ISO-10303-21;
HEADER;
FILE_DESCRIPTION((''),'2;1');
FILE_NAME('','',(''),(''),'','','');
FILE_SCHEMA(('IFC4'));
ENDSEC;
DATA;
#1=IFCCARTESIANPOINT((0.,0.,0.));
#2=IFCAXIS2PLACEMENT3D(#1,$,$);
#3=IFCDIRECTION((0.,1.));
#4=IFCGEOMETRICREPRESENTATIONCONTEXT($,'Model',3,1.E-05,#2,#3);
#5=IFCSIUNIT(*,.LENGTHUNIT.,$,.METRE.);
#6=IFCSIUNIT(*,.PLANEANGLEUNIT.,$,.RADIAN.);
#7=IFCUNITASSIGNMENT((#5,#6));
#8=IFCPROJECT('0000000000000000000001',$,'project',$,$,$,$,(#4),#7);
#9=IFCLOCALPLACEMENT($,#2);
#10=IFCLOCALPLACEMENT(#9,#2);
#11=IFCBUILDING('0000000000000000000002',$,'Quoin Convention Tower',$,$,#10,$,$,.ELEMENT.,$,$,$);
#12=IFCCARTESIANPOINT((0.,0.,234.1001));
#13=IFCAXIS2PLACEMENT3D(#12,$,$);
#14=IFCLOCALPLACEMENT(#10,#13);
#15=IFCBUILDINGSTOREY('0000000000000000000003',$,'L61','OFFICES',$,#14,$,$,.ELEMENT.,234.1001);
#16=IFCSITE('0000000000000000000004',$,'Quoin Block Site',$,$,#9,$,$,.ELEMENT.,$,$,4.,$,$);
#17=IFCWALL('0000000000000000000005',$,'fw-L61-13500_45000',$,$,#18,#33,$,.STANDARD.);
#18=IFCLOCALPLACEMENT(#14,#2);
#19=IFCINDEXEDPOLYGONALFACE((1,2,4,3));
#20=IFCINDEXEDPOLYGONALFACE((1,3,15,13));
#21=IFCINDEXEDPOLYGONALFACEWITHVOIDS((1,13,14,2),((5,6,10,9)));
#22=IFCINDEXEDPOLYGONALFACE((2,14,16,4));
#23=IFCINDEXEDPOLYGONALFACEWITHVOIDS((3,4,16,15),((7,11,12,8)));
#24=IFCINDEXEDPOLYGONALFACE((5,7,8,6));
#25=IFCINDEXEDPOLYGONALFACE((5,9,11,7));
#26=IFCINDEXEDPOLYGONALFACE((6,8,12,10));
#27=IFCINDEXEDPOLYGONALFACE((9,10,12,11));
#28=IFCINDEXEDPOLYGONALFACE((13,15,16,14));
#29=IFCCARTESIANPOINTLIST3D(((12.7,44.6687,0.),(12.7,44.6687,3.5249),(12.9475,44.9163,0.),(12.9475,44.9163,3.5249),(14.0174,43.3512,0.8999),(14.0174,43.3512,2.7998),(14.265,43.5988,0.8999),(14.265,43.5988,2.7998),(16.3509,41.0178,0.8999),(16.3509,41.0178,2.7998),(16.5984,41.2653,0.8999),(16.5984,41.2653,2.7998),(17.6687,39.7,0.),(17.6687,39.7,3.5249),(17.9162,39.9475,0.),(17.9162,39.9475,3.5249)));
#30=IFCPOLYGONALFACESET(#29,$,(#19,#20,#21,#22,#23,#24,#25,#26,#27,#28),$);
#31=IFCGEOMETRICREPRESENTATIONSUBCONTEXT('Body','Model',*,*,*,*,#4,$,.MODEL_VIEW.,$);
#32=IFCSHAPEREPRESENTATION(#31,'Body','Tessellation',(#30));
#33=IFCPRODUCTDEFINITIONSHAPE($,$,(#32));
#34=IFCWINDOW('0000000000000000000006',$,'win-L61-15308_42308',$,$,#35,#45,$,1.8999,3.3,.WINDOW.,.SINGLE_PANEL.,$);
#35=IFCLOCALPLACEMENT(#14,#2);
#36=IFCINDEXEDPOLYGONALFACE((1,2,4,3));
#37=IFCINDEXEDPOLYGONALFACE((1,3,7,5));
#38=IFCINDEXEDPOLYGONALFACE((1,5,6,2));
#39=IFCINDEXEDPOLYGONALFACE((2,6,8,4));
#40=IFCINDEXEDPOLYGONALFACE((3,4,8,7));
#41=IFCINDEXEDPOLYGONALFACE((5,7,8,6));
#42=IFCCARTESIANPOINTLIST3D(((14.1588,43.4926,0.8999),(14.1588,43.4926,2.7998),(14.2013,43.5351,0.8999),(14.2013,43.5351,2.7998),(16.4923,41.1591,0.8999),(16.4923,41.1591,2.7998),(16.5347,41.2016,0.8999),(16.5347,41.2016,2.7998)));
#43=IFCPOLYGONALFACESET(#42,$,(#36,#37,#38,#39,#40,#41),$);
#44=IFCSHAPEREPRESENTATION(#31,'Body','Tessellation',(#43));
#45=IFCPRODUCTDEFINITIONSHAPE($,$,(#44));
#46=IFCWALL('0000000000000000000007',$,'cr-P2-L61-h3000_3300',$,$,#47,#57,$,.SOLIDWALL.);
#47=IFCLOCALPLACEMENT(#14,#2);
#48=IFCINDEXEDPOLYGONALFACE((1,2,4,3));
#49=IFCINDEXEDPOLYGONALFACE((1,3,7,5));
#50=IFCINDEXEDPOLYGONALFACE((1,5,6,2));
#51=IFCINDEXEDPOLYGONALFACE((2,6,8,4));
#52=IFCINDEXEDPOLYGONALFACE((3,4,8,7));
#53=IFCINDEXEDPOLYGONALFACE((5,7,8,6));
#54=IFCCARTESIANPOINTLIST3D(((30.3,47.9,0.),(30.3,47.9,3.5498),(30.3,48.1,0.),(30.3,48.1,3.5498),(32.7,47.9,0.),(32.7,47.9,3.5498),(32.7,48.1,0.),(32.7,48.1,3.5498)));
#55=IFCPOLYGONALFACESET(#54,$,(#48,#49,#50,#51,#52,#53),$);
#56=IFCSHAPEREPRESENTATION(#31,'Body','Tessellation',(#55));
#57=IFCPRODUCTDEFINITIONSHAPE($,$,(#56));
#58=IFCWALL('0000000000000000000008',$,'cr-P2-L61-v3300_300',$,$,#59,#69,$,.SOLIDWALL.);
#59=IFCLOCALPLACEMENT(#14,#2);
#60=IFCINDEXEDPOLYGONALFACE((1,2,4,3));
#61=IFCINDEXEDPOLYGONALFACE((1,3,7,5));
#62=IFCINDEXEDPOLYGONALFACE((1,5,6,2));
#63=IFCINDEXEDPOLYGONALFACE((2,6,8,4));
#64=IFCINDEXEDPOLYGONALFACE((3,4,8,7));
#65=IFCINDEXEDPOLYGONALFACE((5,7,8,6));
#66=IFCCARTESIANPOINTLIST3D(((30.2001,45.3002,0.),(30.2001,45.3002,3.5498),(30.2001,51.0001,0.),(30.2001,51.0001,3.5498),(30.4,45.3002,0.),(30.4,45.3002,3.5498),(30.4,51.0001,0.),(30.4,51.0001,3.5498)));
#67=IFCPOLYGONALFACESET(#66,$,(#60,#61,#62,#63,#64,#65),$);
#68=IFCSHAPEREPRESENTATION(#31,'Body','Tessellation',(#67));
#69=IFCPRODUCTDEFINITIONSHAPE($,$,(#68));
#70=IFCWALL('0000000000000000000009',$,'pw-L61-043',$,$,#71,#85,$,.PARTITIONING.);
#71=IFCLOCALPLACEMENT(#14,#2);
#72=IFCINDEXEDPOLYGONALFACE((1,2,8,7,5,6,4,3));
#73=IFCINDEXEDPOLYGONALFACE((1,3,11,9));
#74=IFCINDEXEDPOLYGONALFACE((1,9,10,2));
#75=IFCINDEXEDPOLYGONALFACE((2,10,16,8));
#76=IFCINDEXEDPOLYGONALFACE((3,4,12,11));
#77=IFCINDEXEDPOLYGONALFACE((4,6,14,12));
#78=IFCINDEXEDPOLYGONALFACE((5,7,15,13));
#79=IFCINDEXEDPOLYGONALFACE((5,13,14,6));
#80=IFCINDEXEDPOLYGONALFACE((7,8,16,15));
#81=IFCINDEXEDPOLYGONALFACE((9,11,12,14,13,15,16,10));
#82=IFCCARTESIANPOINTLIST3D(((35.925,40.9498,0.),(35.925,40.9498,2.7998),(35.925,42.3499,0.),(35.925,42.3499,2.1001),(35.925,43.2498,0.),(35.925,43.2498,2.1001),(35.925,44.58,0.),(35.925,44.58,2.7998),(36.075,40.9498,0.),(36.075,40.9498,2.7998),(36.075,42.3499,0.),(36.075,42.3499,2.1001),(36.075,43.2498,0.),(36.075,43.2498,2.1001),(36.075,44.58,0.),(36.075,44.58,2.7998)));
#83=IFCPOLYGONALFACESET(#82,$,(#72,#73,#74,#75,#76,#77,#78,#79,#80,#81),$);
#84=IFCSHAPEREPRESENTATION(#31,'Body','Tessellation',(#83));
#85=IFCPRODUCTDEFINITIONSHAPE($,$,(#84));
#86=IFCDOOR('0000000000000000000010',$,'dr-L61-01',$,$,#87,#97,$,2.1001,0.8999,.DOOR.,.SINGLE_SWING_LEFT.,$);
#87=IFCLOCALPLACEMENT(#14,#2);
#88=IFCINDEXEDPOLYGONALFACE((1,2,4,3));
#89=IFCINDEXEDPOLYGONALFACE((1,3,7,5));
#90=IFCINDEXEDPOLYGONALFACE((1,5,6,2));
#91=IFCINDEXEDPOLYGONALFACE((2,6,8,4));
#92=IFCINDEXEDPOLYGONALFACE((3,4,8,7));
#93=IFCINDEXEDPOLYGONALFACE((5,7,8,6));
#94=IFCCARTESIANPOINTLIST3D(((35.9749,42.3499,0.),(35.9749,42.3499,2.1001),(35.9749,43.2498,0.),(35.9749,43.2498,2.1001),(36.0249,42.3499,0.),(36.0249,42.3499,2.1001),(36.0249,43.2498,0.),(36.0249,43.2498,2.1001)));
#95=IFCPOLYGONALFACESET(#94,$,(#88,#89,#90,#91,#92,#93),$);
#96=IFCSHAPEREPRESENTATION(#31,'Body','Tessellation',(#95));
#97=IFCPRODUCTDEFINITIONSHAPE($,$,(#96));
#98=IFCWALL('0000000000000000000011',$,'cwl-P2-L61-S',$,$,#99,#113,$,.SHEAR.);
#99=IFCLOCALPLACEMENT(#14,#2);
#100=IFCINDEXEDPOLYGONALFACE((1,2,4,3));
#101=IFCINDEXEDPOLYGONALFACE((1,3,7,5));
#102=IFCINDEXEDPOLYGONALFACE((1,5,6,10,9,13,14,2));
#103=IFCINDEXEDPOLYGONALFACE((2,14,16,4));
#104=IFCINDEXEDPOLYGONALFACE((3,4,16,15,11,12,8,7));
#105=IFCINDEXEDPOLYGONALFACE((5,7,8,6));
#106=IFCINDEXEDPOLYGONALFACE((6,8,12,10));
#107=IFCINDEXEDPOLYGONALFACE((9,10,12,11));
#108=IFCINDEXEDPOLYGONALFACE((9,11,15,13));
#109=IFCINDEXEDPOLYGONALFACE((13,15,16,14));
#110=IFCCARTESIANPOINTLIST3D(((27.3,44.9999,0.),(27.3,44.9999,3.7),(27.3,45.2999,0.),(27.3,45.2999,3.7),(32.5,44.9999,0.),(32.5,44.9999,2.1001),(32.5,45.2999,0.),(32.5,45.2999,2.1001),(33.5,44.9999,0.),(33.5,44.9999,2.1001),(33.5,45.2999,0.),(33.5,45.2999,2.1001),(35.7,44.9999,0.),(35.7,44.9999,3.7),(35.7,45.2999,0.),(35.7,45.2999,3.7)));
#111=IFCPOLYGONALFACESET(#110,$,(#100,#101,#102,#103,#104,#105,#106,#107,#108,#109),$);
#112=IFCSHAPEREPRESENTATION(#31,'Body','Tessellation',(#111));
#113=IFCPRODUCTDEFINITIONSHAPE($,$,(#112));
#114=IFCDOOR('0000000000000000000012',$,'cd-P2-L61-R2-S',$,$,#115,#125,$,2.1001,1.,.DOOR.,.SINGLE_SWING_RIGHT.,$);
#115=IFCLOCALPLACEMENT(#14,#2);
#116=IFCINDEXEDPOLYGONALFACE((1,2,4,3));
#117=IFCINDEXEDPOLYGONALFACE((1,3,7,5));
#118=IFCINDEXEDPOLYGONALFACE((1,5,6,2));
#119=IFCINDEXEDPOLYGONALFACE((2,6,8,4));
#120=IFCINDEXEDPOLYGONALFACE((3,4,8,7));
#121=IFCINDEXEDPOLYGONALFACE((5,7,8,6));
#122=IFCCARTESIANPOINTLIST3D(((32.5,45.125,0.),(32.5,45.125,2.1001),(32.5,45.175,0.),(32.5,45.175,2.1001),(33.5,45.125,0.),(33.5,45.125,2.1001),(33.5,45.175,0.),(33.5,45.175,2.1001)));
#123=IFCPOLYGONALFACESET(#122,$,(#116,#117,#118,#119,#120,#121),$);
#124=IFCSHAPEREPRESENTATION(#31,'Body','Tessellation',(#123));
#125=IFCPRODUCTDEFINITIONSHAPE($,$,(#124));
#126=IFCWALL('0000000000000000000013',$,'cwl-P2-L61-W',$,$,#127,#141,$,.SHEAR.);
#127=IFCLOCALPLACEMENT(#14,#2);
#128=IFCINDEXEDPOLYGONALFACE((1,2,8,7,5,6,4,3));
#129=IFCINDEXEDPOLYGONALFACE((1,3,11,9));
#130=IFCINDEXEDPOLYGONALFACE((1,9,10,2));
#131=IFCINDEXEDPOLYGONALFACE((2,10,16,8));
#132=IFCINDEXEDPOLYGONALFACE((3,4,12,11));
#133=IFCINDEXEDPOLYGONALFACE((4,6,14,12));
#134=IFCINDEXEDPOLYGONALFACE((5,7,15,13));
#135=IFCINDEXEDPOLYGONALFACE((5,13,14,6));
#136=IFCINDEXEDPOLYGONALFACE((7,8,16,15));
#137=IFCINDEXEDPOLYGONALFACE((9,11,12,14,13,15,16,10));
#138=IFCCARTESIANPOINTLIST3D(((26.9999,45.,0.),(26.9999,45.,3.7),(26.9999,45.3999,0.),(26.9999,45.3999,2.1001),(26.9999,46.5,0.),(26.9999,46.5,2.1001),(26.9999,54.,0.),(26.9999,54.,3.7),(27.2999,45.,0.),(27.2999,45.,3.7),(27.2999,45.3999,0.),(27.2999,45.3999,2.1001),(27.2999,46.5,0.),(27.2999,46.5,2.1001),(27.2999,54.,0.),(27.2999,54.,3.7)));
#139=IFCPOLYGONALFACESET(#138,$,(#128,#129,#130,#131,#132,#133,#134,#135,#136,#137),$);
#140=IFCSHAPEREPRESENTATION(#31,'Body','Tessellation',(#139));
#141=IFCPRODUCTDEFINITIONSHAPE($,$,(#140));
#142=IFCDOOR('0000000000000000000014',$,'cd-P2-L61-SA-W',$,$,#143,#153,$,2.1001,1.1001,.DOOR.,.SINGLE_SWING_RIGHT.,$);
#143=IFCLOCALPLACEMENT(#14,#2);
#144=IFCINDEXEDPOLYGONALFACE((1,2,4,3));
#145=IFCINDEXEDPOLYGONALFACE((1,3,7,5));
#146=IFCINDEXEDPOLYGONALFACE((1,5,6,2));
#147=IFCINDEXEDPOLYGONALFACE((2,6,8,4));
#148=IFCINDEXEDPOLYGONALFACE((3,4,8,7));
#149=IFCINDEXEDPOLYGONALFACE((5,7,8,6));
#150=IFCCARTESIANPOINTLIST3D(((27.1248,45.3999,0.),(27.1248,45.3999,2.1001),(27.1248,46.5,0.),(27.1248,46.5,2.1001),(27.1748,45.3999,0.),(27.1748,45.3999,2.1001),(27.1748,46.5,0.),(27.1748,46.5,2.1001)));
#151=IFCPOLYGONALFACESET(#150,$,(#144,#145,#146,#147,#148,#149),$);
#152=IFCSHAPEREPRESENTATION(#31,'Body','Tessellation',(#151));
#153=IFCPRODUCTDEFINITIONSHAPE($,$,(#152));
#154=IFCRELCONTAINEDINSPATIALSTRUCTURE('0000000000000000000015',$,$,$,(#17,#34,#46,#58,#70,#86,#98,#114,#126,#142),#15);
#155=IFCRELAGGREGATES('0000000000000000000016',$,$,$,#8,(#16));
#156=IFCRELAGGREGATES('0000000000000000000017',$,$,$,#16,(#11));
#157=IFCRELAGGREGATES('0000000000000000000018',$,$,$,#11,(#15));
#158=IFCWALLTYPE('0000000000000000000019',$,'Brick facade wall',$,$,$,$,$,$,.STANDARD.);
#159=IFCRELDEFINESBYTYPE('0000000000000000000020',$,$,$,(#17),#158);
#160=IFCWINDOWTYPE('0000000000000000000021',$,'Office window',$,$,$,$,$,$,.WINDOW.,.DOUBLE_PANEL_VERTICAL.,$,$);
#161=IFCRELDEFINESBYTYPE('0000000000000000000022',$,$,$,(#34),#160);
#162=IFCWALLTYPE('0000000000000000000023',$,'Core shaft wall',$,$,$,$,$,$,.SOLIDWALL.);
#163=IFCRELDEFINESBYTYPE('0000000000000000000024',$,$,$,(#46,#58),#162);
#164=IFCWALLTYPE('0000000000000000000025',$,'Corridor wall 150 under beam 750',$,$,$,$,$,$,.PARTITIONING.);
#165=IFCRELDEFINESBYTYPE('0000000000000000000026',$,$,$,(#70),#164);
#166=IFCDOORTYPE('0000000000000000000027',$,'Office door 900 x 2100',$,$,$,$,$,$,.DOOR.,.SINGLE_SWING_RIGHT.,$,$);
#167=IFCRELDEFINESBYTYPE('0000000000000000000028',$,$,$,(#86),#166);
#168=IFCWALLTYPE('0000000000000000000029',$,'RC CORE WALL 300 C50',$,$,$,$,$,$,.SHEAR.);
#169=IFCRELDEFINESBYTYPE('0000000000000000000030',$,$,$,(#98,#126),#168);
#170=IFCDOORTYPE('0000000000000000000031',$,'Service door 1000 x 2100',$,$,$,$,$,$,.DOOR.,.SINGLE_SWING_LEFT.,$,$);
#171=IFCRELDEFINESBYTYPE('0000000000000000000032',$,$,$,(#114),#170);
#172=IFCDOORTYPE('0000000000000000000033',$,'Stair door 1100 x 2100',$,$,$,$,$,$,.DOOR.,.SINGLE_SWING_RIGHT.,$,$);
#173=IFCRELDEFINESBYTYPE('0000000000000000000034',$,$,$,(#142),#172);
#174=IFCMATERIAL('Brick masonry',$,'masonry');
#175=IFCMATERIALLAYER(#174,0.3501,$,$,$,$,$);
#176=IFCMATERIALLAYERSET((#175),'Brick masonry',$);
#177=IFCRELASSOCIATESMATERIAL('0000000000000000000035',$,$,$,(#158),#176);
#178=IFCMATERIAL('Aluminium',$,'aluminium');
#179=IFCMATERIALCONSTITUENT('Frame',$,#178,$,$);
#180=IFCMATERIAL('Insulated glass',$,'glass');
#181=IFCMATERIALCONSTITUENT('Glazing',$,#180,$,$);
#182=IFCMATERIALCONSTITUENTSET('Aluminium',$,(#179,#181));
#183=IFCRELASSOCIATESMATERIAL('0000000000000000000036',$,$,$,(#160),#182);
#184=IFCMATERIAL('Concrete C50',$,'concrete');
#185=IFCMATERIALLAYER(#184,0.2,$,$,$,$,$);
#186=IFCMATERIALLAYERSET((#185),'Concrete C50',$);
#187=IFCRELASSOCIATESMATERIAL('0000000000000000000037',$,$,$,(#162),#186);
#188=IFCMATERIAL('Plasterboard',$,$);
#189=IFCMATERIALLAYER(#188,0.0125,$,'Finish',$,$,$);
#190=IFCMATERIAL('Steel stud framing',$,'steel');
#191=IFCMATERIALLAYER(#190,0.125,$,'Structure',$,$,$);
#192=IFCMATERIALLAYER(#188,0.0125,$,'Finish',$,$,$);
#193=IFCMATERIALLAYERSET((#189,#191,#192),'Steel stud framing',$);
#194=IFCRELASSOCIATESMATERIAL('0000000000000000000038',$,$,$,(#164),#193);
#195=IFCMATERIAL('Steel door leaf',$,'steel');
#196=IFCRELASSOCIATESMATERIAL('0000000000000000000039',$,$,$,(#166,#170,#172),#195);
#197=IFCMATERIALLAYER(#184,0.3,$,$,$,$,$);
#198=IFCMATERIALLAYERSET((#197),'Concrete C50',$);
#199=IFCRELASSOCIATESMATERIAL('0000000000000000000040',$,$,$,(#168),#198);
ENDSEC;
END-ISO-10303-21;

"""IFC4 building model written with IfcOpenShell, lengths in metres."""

from ifc_helpers import new_model, si_unit, direction, frame, frame_2d, origin, place, context, subcontext, project, spatial, rectangle, extrude, material, layer, layer_set, constituent, constituent_set, type_object, element, fill, save


model = new_model("IFC4")

# Units and contexts
model_context = context("Model", 3, precision=1e-05, world=origin(), true_north=direction((0.0, 1.0)))
body_context = subcontext(model_context, "Body", "Model", "MODEL_VIEW")
ifc_project = project(units=[si_unit("LENGTHUNIT", "METRE"), si_unit("PLANEANGLEUNIT", "RADIAN")], contexts=[model_context])

# Site, building, storey
site_placement = place(None, origin())
site = spatial("IfcSite", under=ifc_project, at=site_placement, Name="Quoin Block Site", CompositionType="ELEMENT", RefElevation=4.0)
building_placement = place(site_placement, origin())
building = spatial("IfcBuilding", under=site, at=building_placement, Name="Quoin Convention Tower", CompositionType="ELEMENT")
storey_placement = place(building_placement, frame((0.0, 0.0, 234.1001)))
storey = spatial("IfcBuildingStorey", under=building, at=storey_placement, Name="L61", Description="OFFICES", CompositionType="ELEMENT", Elevation=234.1001)

# Shared definitions
ifc_material_1 = material(Name="Concrete C50", Category="concrete")

# Wall, opening, window
ifc_material_2 = material(Name="Brick masonry", Category="masonry")
ifc_layer_1 = layer(ifc_material_2, 0.3501)
ifc_layer_set_1 = layer_set([ifc_layer_1], Name="Brick masonry")
wall_type_1 = type_object("IfcWallType", Name="Brick facade wall", PredefinedType="STANDARD", material=ifc_layer_set_1)
wall_1_placement = place(storey_placement, frame((12.8237, 44.7925, 0.0), z_axis=(0.0, 0.0, 1.0), x_axis=(0.707107, -0.707107, 0.0)))
wall_1 = element("IfcWall", 1, at=wall_1_placement, inside=storey, type_object=wall_type_1, Name="fw-L61-13500_45000", PredefinedType="STANDARD", context=body_context, shape_type="SweptSolid", body=[
    extrude(rectangle(XDim=7.0269, YDim=0.3501, at=frame_2d((3.5134, 0.0))), origin(), (0.0, 0.0, 1.0), 3.5249),
])
opening_1_placement = place(wall_1_placement, frame((1.8633, 0.0, 0.8999)))
opening_1 = element("IfcOpeningElement", 2, at=opening_1_placement, cuts=wall_1, PredefinedType="OPENING", context=body_context, shape_type="SweptSolid", body=[
    extrude(rectangle(XDim=3.3, YDim=1.8999, at=frame_2d((1.6499, 0.95))), frame((0.0, 0.1851, 0.0), z_axis=(0.0, -1.0, 0.0), x_axis=(1.0, 0.0, 0.0)), (0.0, 0.0, 1.0), 0.3701),
])
ifc_material_3 = material(Name="Aluminium", Category="aluminium")
ifc_constituent_1 = constituent(ifc_material_3, Name="Frame")
ifc_material_4 = material(Name="Insulated glass", Category="glass")
ifc_constituent_2 = constituent(ifc_material_4, Name="Glazing")
ifc_constituent_set = constituent_set(constituents=[ifc_constituent_1, ifc_constituent_2], Name="Aluminium")
window_type = type_object("IfcWindowType", Name="Office window", PartitioningType="DOUBLE_PANEL_VERTICAL", PredefinedType="WINDOW", material=ifc_constituent_set)
window_placement = place(opening_1_placement, origin())
window = element("IfcWindow", 3, at=window_placement, inside=storey, type_object=window_type, Name="win-L61-15308_42308", OverallHeight=1.8999, OverallWidth=3.3, PartitioningType="SINGLE_PANEL", PredefinedType="WINDOW", context=body_context, shape_type="SweptSolid", body=[
    extrude(rectangle(XDim=3.3, YDim=1.8999, at=frame_2d((1.6499, 0.95))), frame((0.0, 0.085, 0.0), z_axis=(0.0, -1.0, 0.0), x_axis=(1.0, 0.0, 0.0)), (0.0, 0.0, 1.0), 0.0601),
])
fill(opening_1, window)

# Walls
ifc_layer_2 = layer(ifc_material_1, 0.2)
ifc_layer_set_2 = layer_set([ifc_layer_2], Name="Concrete C50")
wall_type_2 = type_object("IfcWallType", Name="Core shaft wall", PredefinedType="SOLIDWALL", material=ifc_layer_set_2)
wall_2_placement = place(storey_placement, frame((30.3, 48.0, 0.0), z_axis=(0.0, 0.0, 1.0), x_axis=(1.0, 0.0, 0.0)))
element("IfcWall", 4, at=wall_2_placement, inside=storey, type_object=wall_type_2, Name="cr-P2-L61-h3000_3300", PredefinedType="SOLIDWALL", context=body_context, shape_type="SweptSolid", body=[
    extrude(rectangle(XDim=2.3999, YDim=0.2, at=frame_2d((1.2, 0.0))), origin(), (0.0, 0.0, 1.0), 3.5498),
])
wall_3_placement = place(storey_placement, frame((30.3, 45.3, 0.0), z_axis=(0.0, 0.0, 1.0), x_axis=(0.0, 1.0, 0.0)))
element("IfcWall", 5, at=wall_3_placement, inside=storey, type_object=wall_type_2, Name="cr-P2-L61-v3300_300", PredefinedType="SOLIDWALL", context=body_context, shape_type="SweptSolid", body=[
    extrude(rectangle(XDim=5.7, YDim=0.2, at=frame_2d((2.8501, 0.0))), origin(), (0.0, 0.0, 1.0), 3.5498),
])

# Walls, openings, doors
ifc_material_5 = material(Name="Plasterboard")
ifc_layer_3 = layer(ifc_material_5, 0.0125, Name="Finish")
ifc_material_6 = material(Name="Steel stud framing", Category="steel")
ifc_layer_4 = layer(ifc_material_6, 0.125, Name="Structure")
ifc_layer_5 = layer(ifc_material_5, 0.0125, Name="Finish")
ifc_layer_set_3 = layer_set([ifc_layer_3, ifc_layer_4, ifc_layer_5], Name="Steel stud framing")
wall_type_3 = type_object("IfcWallType", Name="Corridor wall 150 under beam 750", PredefinedType="PARTITIONING", material=ifc_layer_set_3)
wall_4_placement = place(storey_placement, frame((36.0, 40.95, 0.0), z_axis=(0.0, 0.0, 1.0), x_axis=(0.0, 1.0, 0.0)))
wall_4 = element("IfcWall", 6, at=wall_4_placement, inside=storey, type_object=wall_type_3, Name="pw-L61-043", PredefinedType="PARTITIONING", context=body_context, shape_type="SweptSolid", body=[
    extrude(rectangle(XDim=3.6301, YDim=0.1499, at=frame_2d((1.8149, 0.0))), origin(), (0.0, 0.0, 1.0), 2.7998),
])
opening_2_placement = place(wall_4_placement, frame((1.3999, 0.0, 0.0)))
opening_2 = element("IfcOpeningElement", 7, at=opening_2_placement, cuts=wall_4, PredefinedType="OPENING", context=body_context, shape_type="SweptSolid", body=[
    extrude(rectangle(XDim=0.8999, YDim=2.1001, at=frame_2d((0.45, 1.05))), frame((0.0, 0.085, 0.0), z_axis=(0.0, -1.0, 0.0), x_axis=(1.0, 0.0, 0.0)), (0.0, 0.0, 1.0), 0.1699),
])
ifc_material_7 = material(Name="Steel door leaf", Category="steel")
door_type_1 = type_object("IfcDoorType", Name="Office door 900 x 2100", OperationType="SINGLE_SWING_RIGHT", PredefinedType="DOOR", material=ifc_material_7)
door_1_placement = place(opening_2_placement, frame((0.8999, 0.0, 0.0), z_axis=(0.0, 0.0, 1.0), x_axis=(-1.0, 0.0, 0.0)))
door_1 = element("IfcDoor", 8, at=door_1_placement, inside=storey, type_object=door_type_1, Name="dr-L61-01", OperationType="SINGLE_SWING_LEFT", OverallHeight=2.1001, OverallWidth=0.8999, PredefinedType="DOOR", context=body_context, shape_type="SweptSolid", body=[
    extrude(rectangle(XDim=0.8999, YDim=2.1001, at=frame_2d((0.45, 1.05))), frame((0.0, 0.0249, 0.0), z_axis=(0.0, -1.0, 0.0), x_axis=(1.0, 0.0, 0.0)), (0.0, 0.0, 1.0), 0.05),
])
fill(opening_2, door_1)
ifc_layer_6 = layer(ifc_material_1, 0.3)
ifc_layer_set_4 = layer_set([ifc_layer_6], Name="Concrete C50")
wall_type_4 = type_object("IfcWallType", Name="RC CORE WALL 300 C50", PredefinedType="SHEAR", material=ifc_layer_set_4)
wall_5_placement = place(storey_placement, frame((27.3, 45.1499, 0.0), z_axis=(0.0, 0.0, 1.0), x_axis=(1.0, 0.0, 0.0)))
wall_5 = element("IfcWall", 9, at=wall_5_placement, inside=storey, type_object=wall_type_4, Name="cwl-P2-L61-S", PredefinedType="SHEAR", context=body_context, shape_type="SweptSolid", body=[
    extrude(rectangle(XDim=8.3999, YDim=0.3, at=frame_2d((4.2, 0.0))), origin(), (0.0, 0.0, 1.0), 3.7),
])
opening_3_placement = place(wall_5_placement, frame((5.2, 0.0, 0.0)))
opening_3 = element("IfcOpeningElement", 10, at=opening_3_placement, cuts=wall_5, PredefinedType="OPENING", context=body_context, shape_type="SweptSolid", body=[
    extrude(rectangle(XDim=1.0, YDim=2.1001, at=frame_2d((0.5, 1.05))), frame((0.0, 0.1599, 0.0), z_axis=(0.0, -1.0, 0.0), x_axis=(1.0, 0.0, 0.0)), (0.0, 0.0, 1.0), 0.3201),
])
door_type_2 = type_object("IfcDoorType", Name="Service door 1000 x 2100", OperationType="SINGLE_SWING_LEFT", PredefinedType="DOOR", material=ifc_material_7)
door_2_placement = place(opening_3_placement, frame((1.0, 0.0, 0.0), z_axis=(0.0, 0.0, 1.0), x_axis=(-1.0, 0.0, 0.0)))
door_2 = element("IfcDoor", 11, at=door_2_placement, inside=storey, type_object=door_type_2, Name="cd-P2-L61-R2-S", OperationType="SINGLE_SWING_RIGHT", OverallHeight=2.1001, OverallWidth=1.0, PredefinedType="DOOR", context=body_context, shape_type="SweptSolid", body=[
    extrude(rectangle(XDim=1.0, YDim=2.1001, at=frame_2d((0.5, 1.05))), frame((0.0, 0.0249, 0.0), z_axis=(0.0, -1.0, 0.0), x_axis=(1.0, 0.0, 0.0)), (0.0, 0.0, 1.0), 0.05),
])
fill(opening_3, door_2)
wall_6_placement = place(storey_placement, frame((27.1499, 45.0, 0.0), z_axis=(0.0, 0.0, 1.0), x_axis=(0.0, 1.0, 0.0)))
wall_6 = element("IfcWall", 12, at=wall_6_placement, inside=storey, type_object=wall_type_4, Name="cwl-P2-L61-W", PredefinedType="SHEAR", context=body_context, shape_type="SweptSolid", body=[
    extrude(rectangle(XDim=9.0, YDim=0.3, at=frame_2d((4.5, 0.0))), origin(), (0.0, 0.0, 1.0), 3.7),
])
opening_4_placement = place(wall_6_placement, frame((0.3999, 0.0, 0.0)))
opening_4 = element("IfcOpeningElement", 13, at=opening_4_placement, cuts=wall_6, PredefinedType="OPENING", context=body_context, shape_type="SweptSolid", body=[
    extrude(rectangle(XDim=1.1001, YDim=2.1001, at=frame_2d((0.55, 1.05))), frame((0.0, 0.1599, 0.0), z_axis=(0.0, -1.0, 0.0), x_axis=(1.0, 0.0, 0.0)), (0.0, 0.0, 1.0), 0.3201),
])
door_type_3 = type_object("IfcDoorType", Name="Stair door 1100 x 2100", OperationType="SINGLE_SWING_RIGHT", PredefinedType="DOOR", material=ifc_material_7)
door_3_placement = place(opening_4_placement, frame((1.1001, 0.0, 0.0), z_axis=(0.0, 0.0, 1.0), x_axis=(-1.0, 0.0, 0.0)))
door_3 = element("IfcDoor", 14, at=door_3_placement, inside=storey, type_object=door_type_3, Name="cd-P2-L61-SA-W", OperationType="SINGLE_SWING_RIGHT", OverallHeight=2.1001, OverallWidth=1.1001, PredefinedType="DOOR", context=body_context, shape_type="SweptSolid", body=[
    extrude(rectangle(XDim=1.1001, YDim=2.1001, at=frame_2d((0.55, 1.05))), frame((0.0, 0.0249, 0.0), z_axis=(0.0, -1.0, 0.0), x_axis=(1.0, 0.0, 0.0)), (0.0, 0.0, 1.0), 0.05),
])
fill(opening_4, door_3)

save(model, "model.ifc")
